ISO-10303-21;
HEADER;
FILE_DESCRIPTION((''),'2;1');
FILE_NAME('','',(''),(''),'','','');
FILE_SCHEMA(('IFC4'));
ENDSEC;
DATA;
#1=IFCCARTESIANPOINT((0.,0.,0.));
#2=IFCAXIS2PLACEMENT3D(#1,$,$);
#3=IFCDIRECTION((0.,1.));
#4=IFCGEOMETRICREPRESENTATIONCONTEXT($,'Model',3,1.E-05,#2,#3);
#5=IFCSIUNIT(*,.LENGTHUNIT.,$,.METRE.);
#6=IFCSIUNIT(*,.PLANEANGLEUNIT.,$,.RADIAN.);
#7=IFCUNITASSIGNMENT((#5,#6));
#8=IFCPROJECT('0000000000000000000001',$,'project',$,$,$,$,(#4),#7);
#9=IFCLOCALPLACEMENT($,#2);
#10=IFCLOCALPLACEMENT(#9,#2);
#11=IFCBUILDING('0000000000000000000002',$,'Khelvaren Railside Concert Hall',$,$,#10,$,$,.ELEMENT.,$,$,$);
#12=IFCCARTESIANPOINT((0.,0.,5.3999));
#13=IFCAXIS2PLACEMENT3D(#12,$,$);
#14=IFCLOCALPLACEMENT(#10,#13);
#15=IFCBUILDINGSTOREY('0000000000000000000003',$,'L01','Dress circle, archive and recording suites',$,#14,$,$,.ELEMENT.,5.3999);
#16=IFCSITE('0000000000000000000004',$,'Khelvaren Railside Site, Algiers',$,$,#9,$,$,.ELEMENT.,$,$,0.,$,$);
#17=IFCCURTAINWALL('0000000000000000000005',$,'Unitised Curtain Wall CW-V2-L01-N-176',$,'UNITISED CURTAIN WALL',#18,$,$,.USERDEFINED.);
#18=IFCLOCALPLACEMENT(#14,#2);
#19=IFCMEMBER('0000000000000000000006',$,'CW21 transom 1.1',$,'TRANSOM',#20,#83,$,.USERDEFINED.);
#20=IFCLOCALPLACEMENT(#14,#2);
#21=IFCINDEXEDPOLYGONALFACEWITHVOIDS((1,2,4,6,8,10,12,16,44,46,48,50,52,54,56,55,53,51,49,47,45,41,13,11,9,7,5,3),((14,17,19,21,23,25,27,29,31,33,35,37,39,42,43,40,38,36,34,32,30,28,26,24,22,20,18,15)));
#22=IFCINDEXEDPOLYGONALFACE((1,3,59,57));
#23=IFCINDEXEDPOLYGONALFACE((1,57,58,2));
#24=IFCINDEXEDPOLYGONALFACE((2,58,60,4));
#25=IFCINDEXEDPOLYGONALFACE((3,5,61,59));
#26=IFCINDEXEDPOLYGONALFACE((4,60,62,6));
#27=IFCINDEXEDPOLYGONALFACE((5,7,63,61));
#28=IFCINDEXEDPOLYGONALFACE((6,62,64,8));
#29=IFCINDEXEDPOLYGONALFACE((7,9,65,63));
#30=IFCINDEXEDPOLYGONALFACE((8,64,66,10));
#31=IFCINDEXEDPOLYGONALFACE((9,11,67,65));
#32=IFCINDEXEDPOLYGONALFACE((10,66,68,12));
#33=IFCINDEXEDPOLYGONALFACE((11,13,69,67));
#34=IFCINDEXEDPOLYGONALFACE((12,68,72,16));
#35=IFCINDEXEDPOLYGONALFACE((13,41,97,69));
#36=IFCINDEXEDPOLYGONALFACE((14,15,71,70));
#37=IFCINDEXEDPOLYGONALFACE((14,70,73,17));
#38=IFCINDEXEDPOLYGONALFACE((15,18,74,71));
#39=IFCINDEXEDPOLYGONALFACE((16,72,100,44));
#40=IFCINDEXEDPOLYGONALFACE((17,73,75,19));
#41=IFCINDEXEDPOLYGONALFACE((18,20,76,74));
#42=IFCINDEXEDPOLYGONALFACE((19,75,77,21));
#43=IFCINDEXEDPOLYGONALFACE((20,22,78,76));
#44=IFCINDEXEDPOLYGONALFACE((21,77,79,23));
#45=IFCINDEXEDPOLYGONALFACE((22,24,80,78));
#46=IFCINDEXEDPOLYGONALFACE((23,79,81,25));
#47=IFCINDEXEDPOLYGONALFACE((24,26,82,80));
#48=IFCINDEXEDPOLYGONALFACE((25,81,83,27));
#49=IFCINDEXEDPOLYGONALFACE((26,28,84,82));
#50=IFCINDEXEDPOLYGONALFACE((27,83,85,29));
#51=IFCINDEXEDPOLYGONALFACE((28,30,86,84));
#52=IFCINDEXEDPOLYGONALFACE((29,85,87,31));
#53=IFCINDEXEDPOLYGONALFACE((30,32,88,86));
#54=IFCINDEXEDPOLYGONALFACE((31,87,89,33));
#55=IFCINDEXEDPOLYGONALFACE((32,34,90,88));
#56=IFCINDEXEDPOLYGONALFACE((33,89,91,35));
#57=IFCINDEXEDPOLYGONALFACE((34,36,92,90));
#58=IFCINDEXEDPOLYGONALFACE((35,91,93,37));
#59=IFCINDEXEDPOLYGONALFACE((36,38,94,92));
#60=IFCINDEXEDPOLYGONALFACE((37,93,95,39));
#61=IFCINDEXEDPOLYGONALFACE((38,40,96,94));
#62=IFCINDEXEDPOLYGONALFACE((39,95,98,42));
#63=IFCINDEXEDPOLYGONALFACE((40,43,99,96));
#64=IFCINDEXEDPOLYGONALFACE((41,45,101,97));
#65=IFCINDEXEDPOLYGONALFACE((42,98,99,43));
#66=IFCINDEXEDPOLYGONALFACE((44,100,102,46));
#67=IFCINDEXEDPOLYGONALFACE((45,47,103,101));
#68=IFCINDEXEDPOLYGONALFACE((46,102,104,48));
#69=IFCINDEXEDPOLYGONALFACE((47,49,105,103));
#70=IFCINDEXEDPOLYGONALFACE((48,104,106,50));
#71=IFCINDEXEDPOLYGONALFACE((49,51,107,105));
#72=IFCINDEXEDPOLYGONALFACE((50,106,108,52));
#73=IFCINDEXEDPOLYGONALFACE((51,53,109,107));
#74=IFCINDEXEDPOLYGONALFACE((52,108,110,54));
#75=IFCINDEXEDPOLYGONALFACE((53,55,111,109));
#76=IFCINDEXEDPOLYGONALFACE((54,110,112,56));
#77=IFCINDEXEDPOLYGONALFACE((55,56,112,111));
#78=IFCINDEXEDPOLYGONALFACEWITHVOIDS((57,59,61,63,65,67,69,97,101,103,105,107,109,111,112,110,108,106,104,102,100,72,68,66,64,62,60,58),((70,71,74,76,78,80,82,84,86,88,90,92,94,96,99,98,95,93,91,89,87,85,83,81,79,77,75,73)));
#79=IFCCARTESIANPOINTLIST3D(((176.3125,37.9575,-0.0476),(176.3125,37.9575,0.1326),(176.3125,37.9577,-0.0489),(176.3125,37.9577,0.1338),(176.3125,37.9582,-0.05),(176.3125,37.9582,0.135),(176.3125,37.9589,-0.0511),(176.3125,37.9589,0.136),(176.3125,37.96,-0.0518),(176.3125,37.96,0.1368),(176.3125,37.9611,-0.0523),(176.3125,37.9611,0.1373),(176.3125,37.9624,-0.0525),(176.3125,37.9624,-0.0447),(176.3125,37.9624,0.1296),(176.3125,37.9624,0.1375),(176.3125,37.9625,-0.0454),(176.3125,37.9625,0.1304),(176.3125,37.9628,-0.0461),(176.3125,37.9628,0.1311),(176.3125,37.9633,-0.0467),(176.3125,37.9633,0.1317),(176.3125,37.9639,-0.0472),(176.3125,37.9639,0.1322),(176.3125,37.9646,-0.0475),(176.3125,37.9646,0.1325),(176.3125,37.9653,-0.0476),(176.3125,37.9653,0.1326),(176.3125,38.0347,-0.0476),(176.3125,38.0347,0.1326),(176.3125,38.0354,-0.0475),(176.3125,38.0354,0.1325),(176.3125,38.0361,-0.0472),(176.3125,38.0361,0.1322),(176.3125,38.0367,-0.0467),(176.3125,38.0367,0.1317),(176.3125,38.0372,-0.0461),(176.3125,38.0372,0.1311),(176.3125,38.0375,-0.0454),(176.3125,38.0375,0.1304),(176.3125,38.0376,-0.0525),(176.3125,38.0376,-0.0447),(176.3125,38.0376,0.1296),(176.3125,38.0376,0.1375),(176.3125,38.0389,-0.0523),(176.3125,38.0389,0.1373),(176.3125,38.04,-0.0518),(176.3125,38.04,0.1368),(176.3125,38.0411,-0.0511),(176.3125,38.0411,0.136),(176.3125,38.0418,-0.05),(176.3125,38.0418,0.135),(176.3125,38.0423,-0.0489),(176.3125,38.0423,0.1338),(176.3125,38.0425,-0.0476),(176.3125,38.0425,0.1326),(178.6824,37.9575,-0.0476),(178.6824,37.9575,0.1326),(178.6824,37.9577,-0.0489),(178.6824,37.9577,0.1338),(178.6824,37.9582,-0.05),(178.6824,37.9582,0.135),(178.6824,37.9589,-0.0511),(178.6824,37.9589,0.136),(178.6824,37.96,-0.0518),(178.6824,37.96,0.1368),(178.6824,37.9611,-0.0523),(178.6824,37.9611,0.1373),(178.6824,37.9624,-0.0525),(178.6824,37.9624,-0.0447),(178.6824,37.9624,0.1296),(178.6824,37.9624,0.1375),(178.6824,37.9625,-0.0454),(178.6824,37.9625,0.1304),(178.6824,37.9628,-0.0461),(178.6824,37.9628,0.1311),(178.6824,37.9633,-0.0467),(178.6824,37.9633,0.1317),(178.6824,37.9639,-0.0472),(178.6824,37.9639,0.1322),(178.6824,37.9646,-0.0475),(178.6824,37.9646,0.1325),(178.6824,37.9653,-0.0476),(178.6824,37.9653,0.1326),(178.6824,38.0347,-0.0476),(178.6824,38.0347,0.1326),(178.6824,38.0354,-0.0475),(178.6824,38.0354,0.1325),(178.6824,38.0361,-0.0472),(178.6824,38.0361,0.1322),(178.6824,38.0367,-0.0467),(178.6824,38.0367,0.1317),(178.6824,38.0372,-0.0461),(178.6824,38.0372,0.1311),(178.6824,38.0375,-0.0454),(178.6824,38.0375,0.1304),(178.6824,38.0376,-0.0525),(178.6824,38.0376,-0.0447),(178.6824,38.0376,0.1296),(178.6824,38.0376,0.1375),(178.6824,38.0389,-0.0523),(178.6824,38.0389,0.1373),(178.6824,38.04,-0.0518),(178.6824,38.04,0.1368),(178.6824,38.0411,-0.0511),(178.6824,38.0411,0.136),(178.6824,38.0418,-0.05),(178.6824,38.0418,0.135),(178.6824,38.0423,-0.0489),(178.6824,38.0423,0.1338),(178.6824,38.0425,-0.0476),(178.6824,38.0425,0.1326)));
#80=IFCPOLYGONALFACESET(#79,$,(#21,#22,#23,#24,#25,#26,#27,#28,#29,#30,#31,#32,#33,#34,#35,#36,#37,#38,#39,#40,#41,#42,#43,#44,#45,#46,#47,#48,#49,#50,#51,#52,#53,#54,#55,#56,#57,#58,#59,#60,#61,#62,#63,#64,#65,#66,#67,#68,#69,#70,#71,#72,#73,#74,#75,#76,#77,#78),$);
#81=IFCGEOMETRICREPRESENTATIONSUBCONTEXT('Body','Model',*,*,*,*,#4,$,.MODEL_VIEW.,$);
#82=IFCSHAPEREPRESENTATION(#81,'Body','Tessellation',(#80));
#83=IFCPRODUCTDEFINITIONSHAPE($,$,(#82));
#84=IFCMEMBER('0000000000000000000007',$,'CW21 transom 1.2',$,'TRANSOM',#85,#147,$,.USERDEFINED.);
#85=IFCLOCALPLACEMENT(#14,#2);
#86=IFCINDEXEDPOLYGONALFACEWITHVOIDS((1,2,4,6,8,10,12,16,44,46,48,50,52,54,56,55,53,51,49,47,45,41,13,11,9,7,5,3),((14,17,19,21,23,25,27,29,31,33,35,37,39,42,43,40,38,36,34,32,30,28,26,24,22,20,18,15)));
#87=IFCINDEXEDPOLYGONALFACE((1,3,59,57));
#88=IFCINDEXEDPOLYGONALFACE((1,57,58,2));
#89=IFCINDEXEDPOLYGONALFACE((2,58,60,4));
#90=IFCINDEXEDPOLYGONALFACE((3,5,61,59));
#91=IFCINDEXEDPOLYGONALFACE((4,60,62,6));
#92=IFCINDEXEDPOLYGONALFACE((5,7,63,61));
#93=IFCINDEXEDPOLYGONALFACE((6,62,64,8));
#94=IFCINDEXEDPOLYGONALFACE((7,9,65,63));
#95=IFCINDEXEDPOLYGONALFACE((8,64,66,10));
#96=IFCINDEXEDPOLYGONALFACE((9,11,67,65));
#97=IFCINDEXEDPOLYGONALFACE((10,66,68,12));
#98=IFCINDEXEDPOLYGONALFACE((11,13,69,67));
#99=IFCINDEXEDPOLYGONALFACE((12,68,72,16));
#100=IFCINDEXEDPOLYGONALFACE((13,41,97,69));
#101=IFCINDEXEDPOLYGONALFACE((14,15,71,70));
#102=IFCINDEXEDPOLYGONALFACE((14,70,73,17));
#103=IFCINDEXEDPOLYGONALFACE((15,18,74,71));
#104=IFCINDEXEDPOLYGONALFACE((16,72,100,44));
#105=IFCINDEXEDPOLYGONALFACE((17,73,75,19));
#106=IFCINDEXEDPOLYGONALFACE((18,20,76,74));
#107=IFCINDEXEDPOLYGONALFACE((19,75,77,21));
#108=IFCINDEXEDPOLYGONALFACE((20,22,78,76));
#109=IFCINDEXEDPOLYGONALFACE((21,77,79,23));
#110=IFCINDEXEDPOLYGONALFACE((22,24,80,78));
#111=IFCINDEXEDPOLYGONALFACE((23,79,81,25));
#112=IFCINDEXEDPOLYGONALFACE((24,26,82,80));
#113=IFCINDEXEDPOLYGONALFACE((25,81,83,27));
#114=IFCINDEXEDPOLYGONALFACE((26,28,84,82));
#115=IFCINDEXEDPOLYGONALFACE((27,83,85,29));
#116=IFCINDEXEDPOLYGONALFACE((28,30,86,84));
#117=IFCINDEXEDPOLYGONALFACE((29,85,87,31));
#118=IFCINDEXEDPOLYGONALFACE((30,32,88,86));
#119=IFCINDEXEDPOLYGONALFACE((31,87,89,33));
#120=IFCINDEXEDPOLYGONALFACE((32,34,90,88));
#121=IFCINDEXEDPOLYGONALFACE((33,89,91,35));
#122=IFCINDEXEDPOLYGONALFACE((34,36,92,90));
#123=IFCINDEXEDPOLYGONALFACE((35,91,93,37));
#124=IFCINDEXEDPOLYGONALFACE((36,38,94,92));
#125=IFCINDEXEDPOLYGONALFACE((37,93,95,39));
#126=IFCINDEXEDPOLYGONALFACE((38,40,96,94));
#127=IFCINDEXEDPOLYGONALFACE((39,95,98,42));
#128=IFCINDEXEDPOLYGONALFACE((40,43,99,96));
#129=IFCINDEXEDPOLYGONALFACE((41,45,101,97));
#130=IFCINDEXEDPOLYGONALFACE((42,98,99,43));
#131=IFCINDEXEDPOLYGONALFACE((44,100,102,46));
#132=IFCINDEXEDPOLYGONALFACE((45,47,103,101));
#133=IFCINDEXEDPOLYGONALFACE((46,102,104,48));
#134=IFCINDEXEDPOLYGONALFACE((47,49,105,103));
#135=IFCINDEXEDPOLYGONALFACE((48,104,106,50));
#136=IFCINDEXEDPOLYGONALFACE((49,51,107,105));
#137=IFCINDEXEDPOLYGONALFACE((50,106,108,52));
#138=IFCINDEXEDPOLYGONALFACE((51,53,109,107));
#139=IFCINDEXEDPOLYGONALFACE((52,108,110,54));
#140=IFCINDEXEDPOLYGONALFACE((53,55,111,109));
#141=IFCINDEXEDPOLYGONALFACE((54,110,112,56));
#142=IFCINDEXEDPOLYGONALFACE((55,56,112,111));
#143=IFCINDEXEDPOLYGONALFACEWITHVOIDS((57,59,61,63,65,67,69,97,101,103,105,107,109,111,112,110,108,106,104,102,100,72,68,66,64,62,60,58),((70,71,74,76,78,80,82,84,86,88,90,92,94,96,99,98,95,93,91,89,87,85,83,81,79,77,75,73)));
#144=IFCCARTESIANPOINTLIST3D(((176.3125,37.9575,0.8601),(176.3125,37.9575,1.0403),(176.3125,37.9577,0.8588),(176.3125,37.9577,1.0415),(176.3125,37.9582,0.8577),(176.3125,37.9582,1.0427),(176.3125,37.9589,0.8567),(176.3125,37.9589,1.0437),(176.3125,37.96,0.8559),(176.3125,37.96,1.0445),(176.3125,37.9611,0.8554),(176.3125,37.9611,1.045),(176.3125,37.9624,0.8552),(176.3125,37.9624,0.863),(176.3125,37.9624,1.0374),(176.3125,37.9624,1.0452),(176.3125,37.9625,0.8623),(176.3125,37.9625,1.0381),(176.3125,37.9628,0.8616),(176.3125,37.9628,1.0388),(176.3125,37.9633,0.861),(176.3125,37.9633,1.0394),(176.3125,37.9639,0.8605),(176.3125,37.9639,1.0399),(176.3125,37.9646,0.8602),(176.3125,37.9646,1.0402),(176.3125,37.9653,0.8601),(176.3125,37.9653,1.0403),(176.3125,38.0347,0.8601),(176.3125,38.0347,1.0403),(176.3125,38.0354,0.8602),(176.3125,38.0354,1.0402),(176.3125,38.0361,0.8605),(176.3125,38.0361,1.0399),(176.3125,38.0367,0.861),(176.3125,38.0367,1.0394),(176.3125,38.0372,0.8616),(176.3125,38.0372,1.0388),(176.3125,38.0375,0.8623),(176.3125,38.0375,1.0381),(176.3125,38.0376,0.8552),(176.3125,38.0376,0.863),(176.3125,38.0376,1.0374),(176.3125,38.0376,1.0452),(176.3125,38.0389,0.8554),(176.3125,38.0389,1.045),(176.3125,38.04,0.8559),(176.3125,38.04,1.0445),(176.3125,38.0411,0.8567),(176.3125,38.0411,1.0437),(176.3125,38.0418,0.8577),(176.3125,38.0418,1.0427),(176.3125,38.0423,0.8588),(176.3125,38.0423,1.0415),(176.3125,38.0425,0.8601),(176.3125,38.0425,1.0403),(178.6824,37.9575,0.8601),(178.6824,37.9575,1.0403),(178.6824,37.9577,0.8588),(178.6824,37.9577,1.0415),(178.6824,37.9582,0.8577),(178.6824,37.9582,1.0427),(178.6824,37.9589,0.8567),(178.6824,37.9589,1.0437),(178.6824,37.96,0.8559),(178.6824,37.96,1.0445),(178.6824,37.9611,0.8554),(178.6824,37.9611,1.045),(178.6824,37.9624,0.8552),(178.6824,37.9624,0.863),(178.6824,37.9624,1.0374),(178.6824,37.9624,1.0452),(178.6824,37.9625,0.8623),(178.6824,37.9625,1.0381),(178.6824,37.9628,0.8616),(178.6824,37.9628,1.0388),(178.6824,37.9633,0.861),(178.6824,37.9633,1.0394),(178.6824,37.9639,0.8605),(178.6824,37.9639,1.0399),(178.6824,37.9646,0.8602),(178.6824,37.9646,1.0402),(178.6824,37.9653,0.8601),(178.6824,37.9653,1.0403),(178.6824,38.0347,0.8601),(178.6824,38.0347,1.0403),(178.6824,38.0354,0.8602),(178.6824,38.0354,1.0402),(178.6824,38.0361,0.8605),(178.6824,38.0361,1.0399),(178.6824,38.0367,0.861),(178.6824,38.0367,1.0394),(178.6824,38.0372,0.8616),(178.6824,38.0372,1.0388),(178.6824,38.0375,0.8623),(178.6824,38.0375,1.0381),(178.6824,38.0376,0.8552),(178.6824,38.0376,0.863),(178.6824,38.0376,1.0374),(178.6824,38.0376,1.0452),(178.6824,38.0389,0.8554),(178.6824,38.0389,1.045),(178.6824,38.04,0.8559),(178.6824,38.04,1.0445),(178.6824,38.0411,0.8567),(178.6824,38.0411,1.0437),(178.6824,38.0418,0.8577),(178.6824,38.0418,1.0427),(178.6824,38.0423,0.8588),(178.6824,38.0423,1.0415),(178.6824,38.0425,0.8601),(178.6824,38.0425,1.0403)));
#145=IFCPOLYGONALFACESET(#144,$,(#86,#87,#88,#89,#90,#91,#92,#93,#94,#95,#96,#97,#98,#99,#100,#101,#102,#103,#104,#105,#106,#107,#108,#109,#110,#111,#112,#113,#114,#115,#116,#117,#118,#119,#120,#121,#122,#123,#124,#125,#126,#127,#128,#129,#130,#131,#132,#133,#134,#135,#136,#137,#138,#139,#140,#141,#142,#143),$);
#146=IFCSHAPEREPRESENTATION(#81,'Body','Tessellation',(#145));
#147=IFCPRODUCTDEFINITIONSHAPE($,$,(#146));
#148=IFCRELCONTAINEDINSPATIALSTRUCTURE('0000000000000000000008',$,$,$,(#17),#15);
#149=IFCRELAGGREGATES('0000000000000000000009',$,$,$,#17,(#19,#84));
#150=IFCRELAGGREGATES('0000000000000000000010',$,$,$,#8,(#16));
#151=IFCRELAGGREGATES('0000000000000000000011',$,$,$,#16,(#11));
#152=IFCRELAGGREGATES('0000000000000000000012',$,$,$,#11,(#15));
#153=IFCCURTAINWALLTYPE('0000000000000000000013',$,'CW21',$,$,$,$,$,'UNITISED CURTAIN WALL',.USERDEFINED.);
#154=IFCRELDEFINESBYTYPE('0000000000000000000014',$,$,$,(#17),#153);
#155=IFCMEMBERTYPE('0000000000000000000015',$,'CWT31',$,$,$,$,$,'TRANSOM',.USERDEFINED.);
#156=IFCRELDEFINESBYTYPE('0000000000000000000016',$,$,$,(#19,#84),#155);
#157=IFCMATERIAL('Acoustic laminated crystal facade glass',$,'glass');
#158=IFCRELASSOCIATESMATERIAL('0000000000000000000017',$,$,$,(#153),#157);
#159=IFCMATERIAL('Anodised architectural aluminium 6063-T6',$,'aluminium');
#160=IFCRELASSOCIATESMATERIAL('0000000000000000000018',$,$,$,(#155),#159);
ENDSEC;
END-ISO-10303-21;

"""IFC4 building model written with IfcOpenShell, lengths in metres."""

from ifc_helpers import new_model, si_unit, direction, frame, origin, origin_2d, place, context, subcontext, project, spatial, hollow_rectangle, extrude, material, material_profile, profile_set, type_object, element, aggregate, save


model = new_model("IFC4")

# Units and contexts
model_context = context("Model", 3, precision=1e-05, world=origin(), true_north=direction((0.0, 1.0)))
body_context = subcontext(model_context, "Body", "Model", "MODEL_VIEW")
ifc_project = project(units=[si_unit("LENGTHUNIT", "METRE"), si_unit("PLANEANGLEUNIT", "RADIAN")], contexts=[model_context])

# Site, building, storey
site_placement = place(None, origin())
site = spatial("IfcSite", under=ifc_project, at=site_placement, Name="Khelvaren Railside Site, Algiers", CompositionType="ELEMENT", RefElevation=0.0)
building_placement = place(site_placement, origin())
building = spatial("IfcBuilding", under=site, at=building_placement, Name="Khelvaren Railside Concert Hall", CompositionType="ELEMENT")
storey_placement = place(building_placement, frame((0.0, 0.0, 5.3999)))
storey = spatial("IfcBuildingStorey", under=building, at=storey_placement, Name="L01", Description="Dress circle, archive and recording suites", CompositionType="ELEMENT", Elevation=5.3999)

# Curtain wall, members
ifc_material_1 = material(Name="Acoustic laminated crystal facade glass", Category="glass")
curtain_wall_type = type_object("IfcCurtainWallType", Name="CW21", ElementType="UNITISED CURTAIN WALL", PredefinedType="USERDEFINED", material=ifc_material_1)
curtain_wall_placement = place(storey_placement, origin())
curtain_wall = element("IfcCurtainWall", 1, at=curtain_wall_placement, inside=storey, type_object=curtain_wall_type, Name="Unitised Curtain Wall CW-V2-L01-N-176", ObjectType="UNITISED CURTAIN WALL", PredefinedType="USERDEFINED")
ifc_material_2 = material(Name="Anodised architectural aluminium 6063-T6", Category="aluminium")
ifc_material_profile_1 = material_profile(ifc_material_2, hollow_rectangle(XDim=0.085, YDim=0.1899, WallThickness=0.0049, InnerFilletRadius=0.0029, OuterFilletRadius=0.0049, at=origin_2d()), Name="CWT 85x190x5")
ifc_profile_set_1 = profile_set([ifc_material_profile_1], Name="Anodised architectural aluminium 6063-T6")
member_type_1 = type_object("IfcMemberType", Name="CWT31", ElementType="TRANSOM", PredefinedType="USERDEFINED", material=ifc_profile_set_1)
member_1_placement = place(storey_placement, frame((176.3125, 38.0, 0.0425), z_axis=(1.0, 0.0, 0.0), x_axis=(0.0, 1.0, 0.0)))
member_1 = element("IfcMember", 2, at=member_1_placement, type_object=member_type_1, Name="CW21 transom 1.1", ObjectType="TRANSOM", PredefinedType="USERDEFINED", context=body_context, shape_type="SweptSolid", body=[
    extrude(hollow_rectangle(XDim=0.085, YDim=0.1899, WallThickness=0.0049, InnerFilletRadius=0.0029, OuterFilletRadius=0.0049, at=origin_2d()), origin(), (0.0, 0.0, 1.0), 2.3699),
])
member_2_placement = place(storey_placement, frame((176.3125, 38.0, 0.9502), z_axis=(1.0, 0.0, 0.0), x_axis=(0.0, 1.0, 0.0)))
member_2 = element("IfcMember", 3, at=member_2_placement, type_object=member_type_1, Name="CW21 transom 1.2", ObjectType="TRANSOM", PredefinedType="USERDEFINED", context=body_context, shape_type="SweptSolid", body=[
    extrude(hollow_rectangle(XDim=0.085, YDim=0.1899, WallThickness=0.0049, InnerFilletRadius=0.0029, OuterFilletRadius=0.0049, at=origin_2d()), origin(), (0.0, 0.0, 1.0), 2.3699),
])

aggregate(curtain_wall, [member_1, member_2])

save(model, "model.ifc")
